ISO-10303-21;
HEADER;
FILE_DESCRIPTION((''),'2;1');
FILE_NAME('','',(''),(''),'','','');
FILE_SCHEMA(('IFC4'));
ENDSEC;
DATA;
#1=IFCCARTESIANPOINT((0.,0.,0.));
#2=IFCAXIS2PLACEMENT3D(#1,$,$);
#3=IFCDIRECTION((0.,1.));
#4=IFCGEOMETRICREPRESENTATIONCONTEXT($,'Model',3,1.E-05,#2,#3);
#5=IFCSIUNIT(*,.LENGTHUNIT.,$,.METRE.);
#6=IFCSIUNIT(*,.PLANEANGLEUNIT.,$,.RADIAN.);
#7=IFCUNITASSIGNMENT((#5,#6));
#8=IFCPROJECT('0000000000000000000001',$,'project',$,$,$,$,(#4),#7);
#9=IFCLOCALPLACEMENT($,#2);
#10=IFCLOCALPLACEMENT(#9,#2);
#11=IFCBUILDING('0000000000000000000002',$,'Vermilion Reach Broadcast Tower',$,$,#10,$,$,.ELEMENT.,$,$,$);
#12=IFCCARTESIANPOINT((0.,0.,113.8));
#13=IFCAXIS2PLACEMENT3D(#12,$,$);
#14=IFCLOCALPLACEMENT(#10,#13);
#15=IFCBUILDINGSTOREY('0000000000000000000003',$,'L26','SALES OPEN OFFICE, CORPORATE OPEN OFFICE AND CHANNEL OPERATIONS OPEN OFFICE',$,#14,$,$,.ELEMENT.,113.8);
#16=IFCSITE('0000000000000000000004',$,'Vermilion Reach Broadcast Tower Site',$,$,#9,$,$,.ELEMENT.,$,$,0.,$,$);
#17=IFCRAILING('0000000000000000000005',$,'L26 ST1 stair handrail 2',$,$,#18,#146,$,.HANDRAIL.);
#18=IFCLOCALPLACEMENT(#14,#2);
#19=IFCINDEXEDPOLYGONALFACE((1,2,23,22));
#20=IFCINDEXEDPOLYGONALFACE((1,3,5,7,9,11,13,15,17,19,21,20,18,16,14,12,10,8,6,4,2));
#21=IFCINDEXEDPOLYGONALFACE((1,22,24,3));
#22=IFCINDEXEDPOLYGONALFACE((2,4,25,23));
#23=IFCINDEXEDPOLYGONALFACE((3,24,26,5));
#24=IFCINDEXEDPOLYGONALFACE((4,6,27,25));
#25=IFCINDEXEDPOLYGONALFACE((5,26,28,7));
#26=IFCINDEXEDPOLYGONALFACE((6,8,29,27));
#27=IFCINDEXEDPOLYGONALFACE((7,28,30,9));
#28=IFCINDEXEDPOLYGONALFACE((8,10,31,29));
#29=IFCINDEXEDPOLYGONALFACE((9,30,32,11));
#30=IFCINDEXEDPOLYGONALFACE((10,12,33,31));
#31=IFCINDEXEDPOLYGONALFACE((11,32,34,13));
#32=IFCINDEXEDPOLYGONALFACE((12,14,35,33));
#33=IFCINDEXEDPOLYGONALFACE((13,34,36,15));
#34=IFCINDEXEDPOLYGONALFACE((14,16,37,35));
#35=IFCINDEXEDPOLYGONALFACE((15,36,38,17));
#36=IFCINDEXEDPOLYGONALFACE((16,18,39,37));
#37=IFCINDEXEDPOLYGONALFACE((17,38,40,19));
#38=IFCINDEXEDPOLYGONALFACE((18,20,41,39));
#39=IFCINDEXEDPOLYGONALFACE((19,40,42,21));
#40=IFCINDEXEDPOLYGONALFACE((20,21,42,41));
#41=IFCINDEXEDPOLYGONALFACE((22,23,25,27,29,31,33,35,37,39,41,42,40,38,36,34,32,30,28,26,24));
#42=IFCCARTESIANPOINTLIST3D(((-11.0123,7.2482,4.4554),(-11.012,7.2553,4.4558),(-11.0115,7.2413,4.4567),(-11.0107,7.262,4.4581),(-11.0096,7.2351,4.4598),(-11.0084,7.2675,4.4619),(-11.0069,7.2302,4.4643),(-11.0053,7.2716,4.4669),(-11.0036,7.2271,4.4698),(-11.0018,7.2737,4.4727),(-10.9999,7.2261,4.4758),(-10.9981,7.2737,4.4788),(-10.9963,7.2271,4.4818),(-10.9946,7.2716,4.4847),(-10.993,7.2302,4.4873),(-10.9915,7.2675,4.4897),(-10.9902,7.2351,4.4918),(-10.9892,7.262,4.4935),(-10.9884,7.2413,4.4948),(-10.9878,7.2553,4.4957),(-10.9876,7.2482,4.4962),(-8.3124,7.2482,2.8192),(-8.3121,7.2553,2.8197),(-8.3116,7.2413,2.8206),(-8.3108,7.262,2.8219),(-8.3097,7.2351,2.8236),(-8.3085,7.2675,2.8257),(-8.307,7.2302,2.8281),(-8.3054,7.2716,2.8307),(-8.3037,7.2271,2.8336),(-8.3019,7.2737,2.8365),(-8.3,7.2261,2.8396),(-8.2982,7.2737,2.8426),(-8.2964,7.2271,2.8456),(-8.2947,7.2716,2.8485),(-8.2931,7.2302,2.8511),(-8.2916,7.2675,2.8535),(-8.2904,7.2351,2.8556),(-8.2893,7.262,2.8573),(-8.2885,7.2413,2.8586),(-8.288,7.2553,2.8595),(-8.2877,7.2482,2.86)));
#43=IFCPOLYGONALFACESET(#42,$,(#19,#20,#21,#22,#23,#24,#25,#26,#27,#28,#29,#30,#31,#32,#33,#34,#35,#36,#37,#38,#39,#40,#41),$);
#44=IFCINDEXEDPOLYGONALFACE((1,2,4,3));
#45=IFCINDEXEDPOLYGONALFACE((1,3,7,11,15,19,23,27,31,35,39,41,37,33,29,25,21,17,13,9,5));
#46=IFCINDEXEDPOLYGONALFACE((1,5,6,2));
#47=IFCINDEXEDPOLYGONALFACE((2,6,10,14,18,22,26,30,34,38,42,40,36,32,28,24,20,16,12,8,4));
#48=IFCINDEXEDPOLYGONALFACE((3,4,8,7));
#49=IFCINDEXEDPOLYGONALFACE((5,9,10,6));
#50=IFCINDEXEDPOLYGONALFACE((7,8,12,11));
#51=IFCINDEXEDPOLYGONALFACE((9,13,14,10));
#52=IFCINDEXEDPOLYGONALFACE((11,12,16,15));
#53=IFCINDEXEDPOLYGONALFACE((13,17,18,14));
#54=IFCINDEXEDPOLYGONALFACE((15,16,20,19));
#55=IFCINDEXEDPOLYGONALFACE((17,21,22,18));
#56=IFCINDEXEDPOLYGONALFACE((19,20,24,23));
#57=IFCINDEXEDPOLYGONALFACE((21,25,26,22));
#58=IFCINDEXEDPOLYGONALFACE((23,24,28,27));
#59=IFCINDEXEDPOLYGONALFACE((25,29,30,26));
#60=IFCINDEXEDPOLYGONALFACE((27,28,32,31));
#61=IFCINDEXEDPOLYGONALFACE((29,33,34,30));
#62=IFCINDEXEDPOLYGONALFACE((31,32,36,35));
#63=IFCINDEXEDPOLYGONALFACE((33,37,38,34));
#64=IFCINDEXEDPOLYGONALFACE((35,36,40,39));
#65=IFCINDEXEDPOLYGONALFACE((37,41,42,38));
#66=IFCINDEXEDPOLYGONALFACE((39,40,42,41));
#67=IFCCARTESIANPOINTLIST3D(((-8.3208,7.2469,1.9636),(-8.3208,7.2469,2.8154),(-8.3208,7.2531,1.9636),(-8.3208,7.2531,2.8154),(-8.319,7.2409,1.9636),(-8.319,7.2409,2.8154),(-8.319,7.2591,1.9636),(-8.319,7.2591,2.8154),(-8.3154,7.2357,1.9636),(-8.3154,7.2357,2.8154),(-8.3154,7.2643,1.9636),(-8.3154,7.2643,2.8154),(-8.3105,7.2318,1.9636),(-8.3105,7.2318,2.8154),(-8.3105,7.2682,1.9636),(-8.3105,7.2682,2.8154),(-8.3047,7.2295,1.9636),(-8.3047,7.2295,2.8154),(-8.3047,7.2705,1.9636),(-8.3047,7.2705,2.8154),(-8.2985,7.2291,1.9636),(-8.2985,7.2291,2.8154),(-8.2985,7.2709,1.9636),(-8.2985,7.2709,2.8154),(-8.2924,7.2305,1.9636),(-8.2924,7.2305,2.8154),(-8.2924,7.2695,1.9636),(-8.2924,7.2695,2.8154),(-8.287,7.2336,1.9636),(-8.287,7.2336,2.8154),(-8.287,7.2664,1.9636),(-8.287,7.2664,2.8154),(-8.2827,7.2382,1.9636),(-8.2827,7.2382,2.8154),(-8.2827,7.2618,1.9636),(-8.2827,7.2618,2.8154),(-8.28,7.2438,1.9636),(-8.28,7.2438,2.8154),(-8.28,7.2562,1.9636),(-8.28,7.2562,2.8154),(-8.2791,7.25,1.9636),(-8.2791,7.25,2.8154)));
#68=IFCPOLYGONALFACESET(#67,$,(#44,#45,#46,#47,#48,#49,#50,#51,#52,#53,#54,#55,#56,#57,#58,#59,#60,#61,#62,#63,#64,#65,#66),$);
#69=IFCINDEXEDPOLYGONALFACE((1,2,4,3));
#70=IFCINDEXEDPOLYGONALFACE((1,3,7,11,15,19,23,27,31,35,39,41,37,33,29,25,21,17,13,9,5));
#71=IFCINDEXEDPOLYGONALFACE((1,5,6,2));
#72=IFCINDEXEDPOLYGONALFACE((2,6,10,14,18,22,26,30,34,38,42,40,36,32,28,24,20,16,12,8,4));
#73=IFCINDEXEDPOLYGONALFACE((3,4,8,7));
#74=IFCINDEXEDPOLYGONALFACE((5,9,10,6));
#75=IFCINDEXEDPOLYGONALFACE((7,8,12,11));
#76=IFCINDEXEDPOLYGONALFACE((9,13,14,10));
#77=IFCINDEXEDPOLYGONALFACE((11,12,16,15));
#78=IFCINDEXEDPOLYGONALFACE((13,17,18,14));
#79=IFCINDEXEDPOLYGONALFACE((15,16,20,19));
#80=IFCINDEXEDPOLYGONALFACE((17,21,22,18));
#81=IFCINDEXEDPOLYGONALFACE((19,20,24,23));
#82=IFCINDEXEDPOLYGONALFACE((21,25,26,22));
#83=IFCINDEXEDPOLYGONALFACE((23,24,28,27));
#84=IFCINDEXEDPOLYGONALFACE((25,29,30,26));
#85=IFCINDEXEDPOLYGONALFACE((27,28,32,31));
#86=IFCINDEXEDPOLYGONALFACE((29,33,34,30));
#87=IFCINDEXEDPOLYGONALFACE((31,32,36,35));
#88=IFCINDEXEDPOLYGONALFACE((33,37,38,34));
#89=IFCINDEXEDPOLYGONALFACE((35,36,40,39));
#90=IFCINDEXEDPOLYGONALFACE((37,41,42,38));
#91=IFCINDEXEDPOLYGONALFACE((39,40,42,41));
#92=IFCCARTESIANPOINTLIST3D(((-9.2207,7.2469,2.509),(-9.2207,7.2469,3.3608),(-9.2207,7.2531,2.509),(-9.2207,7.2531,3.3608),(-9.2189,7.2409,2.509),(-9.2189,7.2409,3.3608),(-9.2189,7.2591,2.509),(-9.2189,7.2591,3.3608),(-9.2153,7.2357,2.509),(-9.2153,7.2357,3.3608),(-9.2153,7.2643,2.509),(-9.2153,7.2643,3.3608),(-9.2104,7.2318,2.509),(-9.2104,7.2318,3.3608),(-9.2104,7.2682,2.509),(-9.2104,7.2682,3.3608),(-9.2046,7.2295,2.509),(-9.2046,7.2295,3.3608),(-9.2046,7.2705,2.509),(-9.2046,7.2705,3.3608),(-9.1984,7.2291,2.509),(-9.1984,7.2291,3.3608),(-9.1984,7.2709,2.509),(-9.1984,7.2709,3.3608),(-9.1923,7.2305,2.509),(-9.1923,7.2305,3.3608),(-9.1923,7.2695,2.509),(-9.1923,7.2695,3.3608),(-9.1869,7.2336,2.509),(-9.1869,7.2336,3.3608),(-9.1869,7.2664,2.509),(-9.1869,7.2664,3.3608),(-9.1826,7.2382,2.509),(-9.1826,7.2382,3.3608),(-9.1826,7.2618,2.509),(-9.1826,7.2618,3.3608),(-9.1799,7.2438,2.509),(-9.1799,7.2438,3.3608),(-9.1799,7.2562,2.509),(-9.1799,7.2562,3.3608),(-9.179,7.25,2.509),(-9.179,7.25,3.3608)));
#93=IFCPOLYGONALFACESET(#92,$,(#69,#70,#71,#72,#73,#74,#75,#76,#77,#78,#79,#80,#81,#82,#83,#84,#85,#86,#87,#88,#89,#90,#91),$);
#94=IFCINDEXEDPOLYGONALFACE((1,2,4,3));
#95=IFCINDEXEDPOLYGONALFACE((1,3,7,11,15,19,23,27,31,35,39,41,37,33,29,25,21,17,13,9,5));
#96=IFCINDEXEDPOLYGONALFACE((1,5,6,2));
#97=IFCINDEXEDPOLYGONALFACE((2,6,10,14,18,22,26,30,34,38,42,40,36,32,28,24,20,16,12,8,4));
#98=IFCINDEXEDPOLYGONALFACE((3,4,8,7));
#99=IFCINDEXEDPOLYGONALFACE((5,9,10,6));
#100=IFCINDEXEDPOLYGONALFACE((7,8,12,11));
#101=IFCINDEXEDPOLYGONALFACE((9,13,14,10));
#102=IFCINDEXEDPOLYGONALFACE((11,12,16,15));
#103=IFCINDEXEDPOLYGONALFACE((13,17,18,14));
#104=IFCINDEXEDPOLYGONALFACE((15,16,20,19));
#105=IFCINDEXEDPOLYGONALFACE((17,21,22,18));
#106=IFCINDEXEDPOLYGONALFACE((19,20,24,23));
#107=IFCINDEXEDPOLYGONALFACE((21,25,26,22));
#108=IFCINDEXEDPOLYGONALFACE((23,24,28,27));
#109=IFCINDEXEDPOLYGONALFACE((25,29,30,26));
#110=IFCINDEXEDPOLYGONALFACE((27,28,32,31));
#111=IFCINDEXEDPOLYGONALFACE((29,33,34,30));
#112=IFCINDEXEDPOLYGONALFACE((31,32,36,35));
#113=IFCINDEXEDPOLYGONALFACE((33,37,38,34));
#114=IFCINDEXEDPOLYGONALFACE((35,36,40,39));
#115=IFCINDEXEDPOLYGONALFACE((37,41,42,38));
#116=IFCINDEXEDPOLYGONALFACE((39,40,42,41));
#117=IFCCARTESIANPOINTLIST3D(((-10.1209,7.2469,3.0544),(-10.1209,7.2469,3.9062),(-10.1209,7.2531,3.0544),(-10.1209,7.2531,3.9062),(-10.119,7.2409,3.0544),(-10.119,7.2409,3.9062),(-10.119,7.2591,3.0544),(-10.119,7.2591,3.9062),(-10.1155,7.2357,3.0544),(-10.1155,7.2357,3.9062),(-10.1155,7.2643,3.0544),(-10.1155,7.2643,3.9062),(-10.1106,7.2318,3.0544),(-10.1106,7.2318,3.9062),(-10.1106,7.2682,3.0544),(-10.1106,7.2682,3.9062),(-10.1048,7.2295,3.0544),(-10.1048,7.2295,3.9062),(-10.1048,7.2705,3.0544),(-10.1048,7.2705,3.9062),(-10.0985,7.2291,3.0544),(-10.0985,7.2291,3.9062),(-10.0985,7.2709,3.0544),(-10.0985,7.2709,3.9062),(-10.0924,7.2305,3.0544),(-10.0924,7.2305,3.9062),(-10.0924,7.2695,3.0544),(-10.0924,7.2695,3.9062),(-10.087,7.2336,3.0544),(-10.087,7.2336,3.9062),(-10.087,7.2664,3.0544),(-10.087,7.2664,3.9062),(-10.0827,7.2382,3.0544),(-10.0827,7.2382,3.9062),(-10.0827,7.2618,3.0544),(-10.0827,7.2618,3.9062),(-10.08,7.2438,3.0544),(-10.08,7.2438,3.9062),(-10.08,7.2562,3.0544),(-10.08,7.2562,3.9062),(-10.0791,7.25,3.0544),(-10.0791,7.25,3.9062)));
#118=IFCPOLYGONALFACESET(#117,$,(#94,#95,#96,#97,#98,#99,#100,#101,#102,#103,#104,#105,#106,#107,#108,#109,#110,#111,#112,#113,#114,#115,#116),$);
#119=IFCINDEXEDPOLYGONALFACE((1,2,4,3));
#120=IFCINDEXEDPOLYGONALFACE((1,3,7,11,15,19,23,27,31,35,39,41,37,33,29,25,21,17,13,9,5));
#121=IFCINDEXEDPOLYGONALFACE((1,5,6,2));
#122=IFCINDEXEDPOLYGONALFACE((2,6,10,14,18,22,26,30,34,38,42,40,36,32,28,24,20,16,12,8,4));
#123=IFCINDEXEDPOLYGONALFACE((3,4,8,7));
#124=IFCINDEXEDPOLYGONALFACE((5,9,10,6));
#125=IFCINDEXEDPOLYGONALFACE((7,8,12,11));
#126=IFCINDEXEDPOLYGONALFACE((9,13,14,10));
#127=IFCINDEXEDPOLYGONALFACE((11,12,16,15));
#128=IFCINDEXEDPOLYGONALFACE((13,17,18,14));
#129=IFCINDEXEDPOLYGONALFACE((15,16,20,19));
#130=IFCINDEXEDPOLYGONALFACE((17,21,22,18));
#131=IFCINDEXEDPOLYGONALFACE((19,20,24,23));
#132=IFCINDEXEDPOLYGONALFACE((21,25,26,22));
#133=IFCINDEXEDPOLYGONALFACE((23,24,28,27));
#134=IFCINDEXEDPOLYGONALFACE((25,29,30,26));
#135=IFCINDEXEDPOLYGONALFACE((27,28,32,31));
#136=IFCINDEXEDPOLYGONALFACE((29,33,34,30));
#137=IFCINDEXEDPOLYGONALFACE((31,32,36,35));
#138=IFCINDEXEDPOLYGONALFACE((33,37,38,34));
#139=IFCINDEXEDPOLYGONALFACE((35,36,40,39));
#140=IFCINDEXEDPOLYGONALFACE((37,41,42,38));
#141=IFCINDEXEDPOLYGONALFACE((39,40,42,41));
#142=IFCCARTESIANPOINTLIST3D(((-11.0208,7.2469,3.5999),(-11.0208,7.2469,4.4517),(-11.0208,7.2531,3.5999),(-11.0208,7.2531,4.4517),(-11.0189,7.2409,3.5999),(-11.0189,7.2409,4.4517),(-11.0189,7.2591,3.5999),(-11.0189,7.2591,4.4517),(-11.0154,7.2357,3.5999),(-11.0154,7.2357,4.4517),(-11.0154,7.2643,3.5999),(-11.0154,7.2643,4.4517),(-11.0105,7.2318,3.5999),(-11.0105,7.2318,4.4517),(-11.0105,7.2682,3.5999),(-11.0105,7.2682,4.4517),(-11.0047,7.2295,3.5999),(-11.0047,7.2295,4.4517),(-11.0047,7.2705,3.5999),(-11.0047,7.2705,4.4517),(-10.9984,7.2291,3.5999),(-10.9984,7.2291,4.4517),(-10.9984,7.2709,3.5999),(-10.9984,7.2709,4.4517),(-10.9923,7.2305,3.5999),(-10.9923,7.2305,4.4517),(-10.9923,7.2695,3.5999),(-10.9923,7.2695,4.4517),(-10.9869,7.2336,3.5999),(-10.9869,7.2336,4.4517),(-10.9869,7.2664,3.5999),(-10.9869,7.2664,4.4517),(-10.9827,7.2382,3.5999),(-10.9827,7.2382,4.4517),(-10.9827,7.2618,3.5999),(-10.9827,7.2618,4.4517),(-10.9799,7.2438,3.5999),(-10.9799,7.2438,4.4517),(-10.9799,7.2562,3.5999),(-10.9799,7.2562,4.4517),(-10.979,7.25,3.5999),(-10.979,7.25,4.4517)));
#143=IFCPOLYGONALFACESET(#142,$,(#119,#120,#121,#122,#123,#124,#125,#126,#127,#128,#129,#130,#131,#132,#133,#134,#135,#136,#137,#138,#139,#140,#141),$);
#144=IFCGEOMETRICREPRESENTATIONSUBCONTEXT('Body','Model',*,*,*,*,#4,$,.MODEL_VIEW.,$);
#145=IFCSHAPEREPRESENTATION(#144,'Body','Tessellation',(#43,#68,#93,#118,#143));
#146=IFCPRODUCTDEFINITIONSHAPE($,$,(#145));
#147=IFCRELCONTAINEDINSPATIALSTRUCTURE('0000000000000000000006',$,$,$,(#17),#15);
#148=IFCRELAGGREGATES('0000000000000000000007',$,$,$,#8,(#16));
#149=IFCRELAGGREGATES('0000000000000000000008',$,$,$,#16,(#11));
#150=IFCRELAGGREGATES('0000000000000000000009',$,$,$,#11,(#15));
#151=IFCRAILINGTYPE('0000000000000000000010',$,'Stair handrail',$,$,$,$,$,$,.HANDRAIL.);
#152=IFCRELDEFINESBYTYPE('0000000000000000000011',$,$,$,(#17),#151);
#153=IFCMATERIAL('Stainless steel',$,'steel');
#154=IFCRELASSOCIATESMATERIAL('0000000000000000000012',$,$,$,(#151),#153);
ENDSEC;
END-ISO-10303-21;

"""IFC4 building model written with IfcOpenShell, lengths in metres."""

from ifc_helpers import new_model, si_unit, direction, frame, origin, origin_2d, place, context, subcontext, project, spatial, circle, extrude, material, type_object, element, save


model = new_model("IFC4")

# Units and contexts
model_context = context("Model", 3, precision=1e-05, world=origin(), true_north=direction((0.0, 1.0)))
body_context = subcontext(model_context, "Body", "Model", "MODEL_VIEW")
ifc_project = project(units=[si_unit("LENGTHUNIT", "METRE"), si_unit("PLANEANGLEUNIT", "RADIAN")], contexts=[model_context])

# Site, building, storey
site_placement = place(None, origin())
site = spatial("IfcSite", under=ifc_project, at=site_placement, Name="Vermilion Reach Broadcast Tower Site", CompositionType="ELEMENT", RefElevation=0.0)
building_placement = place(site_placement, origin())
building = spatial("IfcBuilding", under=site, at=building_placement, Name="Vermilion Reach Broadcast Tower", CompositionType="ELEMENT")
storey_placement = place(building_placement, frame((0.0, 0.0, 113.8)))
storey = spatial("IfcBuildingStorey", under=building, at=storey_placement, Name="L26", Description="SALES OPEN OFFICE, CORPORATE OPEN OFFICE AND CHANNEL OPERATIONS OPEN OFFICE", CompositionType="ELEMENT", Elevation=113.8)

# Railing
ifc_material_1 = material(Name="Stainless steel", Category="steel")
railing_type_1 = type_object("IfcRailingType", Name="Stair handrail", PredefinedType="HANDRAIL", material=ifc_material_1)
railing_1_placement = place(storey_placement, frame((-8.3, 7.25, 1.9636)))
element("IfcRailing", 1, at=railing_1_placement, inside=storey, type_object=railing_type_1, Name="L26 ST1 stair handrail 2", PredefinedType="HANDRAIL", context=body_context, shape_type="SweptSolid", body=[
    extrude(circle(Radius=0.0239, at=origin_2d()), frame((0.0, 0.0, 0.876), z_axis=(-0.855212, 0.0, 0.518278), x_axis=(0.0, -1.0, 0.0)), (0.0, 0.0, 1.0), 3.157),
    extrude(circle(Radius=0.021, at=origin_2d()), origin(), (0.0, 0.0, 1.0), 0.8518),
    extrude(circle(Radius=0.021, at=origin_2d()), frame((-0.8999, 0.0, 0.5454)), (0.0, 0.0, 1.0), 0.8518),
    extrude(circle(Radius=0.021, at=origin_2d()), frame((-1.8, 0.0, 1.0908)), (0.0, 0.0, 1.0), 0.8518),
    extrude(circle(Radius=0.021, at=origin_2d()), frame((-2.7, 0.0, 1.6362)), (0.0, 0.0, 1.0), 0.8518),
])

save(model, "model.ifc")
